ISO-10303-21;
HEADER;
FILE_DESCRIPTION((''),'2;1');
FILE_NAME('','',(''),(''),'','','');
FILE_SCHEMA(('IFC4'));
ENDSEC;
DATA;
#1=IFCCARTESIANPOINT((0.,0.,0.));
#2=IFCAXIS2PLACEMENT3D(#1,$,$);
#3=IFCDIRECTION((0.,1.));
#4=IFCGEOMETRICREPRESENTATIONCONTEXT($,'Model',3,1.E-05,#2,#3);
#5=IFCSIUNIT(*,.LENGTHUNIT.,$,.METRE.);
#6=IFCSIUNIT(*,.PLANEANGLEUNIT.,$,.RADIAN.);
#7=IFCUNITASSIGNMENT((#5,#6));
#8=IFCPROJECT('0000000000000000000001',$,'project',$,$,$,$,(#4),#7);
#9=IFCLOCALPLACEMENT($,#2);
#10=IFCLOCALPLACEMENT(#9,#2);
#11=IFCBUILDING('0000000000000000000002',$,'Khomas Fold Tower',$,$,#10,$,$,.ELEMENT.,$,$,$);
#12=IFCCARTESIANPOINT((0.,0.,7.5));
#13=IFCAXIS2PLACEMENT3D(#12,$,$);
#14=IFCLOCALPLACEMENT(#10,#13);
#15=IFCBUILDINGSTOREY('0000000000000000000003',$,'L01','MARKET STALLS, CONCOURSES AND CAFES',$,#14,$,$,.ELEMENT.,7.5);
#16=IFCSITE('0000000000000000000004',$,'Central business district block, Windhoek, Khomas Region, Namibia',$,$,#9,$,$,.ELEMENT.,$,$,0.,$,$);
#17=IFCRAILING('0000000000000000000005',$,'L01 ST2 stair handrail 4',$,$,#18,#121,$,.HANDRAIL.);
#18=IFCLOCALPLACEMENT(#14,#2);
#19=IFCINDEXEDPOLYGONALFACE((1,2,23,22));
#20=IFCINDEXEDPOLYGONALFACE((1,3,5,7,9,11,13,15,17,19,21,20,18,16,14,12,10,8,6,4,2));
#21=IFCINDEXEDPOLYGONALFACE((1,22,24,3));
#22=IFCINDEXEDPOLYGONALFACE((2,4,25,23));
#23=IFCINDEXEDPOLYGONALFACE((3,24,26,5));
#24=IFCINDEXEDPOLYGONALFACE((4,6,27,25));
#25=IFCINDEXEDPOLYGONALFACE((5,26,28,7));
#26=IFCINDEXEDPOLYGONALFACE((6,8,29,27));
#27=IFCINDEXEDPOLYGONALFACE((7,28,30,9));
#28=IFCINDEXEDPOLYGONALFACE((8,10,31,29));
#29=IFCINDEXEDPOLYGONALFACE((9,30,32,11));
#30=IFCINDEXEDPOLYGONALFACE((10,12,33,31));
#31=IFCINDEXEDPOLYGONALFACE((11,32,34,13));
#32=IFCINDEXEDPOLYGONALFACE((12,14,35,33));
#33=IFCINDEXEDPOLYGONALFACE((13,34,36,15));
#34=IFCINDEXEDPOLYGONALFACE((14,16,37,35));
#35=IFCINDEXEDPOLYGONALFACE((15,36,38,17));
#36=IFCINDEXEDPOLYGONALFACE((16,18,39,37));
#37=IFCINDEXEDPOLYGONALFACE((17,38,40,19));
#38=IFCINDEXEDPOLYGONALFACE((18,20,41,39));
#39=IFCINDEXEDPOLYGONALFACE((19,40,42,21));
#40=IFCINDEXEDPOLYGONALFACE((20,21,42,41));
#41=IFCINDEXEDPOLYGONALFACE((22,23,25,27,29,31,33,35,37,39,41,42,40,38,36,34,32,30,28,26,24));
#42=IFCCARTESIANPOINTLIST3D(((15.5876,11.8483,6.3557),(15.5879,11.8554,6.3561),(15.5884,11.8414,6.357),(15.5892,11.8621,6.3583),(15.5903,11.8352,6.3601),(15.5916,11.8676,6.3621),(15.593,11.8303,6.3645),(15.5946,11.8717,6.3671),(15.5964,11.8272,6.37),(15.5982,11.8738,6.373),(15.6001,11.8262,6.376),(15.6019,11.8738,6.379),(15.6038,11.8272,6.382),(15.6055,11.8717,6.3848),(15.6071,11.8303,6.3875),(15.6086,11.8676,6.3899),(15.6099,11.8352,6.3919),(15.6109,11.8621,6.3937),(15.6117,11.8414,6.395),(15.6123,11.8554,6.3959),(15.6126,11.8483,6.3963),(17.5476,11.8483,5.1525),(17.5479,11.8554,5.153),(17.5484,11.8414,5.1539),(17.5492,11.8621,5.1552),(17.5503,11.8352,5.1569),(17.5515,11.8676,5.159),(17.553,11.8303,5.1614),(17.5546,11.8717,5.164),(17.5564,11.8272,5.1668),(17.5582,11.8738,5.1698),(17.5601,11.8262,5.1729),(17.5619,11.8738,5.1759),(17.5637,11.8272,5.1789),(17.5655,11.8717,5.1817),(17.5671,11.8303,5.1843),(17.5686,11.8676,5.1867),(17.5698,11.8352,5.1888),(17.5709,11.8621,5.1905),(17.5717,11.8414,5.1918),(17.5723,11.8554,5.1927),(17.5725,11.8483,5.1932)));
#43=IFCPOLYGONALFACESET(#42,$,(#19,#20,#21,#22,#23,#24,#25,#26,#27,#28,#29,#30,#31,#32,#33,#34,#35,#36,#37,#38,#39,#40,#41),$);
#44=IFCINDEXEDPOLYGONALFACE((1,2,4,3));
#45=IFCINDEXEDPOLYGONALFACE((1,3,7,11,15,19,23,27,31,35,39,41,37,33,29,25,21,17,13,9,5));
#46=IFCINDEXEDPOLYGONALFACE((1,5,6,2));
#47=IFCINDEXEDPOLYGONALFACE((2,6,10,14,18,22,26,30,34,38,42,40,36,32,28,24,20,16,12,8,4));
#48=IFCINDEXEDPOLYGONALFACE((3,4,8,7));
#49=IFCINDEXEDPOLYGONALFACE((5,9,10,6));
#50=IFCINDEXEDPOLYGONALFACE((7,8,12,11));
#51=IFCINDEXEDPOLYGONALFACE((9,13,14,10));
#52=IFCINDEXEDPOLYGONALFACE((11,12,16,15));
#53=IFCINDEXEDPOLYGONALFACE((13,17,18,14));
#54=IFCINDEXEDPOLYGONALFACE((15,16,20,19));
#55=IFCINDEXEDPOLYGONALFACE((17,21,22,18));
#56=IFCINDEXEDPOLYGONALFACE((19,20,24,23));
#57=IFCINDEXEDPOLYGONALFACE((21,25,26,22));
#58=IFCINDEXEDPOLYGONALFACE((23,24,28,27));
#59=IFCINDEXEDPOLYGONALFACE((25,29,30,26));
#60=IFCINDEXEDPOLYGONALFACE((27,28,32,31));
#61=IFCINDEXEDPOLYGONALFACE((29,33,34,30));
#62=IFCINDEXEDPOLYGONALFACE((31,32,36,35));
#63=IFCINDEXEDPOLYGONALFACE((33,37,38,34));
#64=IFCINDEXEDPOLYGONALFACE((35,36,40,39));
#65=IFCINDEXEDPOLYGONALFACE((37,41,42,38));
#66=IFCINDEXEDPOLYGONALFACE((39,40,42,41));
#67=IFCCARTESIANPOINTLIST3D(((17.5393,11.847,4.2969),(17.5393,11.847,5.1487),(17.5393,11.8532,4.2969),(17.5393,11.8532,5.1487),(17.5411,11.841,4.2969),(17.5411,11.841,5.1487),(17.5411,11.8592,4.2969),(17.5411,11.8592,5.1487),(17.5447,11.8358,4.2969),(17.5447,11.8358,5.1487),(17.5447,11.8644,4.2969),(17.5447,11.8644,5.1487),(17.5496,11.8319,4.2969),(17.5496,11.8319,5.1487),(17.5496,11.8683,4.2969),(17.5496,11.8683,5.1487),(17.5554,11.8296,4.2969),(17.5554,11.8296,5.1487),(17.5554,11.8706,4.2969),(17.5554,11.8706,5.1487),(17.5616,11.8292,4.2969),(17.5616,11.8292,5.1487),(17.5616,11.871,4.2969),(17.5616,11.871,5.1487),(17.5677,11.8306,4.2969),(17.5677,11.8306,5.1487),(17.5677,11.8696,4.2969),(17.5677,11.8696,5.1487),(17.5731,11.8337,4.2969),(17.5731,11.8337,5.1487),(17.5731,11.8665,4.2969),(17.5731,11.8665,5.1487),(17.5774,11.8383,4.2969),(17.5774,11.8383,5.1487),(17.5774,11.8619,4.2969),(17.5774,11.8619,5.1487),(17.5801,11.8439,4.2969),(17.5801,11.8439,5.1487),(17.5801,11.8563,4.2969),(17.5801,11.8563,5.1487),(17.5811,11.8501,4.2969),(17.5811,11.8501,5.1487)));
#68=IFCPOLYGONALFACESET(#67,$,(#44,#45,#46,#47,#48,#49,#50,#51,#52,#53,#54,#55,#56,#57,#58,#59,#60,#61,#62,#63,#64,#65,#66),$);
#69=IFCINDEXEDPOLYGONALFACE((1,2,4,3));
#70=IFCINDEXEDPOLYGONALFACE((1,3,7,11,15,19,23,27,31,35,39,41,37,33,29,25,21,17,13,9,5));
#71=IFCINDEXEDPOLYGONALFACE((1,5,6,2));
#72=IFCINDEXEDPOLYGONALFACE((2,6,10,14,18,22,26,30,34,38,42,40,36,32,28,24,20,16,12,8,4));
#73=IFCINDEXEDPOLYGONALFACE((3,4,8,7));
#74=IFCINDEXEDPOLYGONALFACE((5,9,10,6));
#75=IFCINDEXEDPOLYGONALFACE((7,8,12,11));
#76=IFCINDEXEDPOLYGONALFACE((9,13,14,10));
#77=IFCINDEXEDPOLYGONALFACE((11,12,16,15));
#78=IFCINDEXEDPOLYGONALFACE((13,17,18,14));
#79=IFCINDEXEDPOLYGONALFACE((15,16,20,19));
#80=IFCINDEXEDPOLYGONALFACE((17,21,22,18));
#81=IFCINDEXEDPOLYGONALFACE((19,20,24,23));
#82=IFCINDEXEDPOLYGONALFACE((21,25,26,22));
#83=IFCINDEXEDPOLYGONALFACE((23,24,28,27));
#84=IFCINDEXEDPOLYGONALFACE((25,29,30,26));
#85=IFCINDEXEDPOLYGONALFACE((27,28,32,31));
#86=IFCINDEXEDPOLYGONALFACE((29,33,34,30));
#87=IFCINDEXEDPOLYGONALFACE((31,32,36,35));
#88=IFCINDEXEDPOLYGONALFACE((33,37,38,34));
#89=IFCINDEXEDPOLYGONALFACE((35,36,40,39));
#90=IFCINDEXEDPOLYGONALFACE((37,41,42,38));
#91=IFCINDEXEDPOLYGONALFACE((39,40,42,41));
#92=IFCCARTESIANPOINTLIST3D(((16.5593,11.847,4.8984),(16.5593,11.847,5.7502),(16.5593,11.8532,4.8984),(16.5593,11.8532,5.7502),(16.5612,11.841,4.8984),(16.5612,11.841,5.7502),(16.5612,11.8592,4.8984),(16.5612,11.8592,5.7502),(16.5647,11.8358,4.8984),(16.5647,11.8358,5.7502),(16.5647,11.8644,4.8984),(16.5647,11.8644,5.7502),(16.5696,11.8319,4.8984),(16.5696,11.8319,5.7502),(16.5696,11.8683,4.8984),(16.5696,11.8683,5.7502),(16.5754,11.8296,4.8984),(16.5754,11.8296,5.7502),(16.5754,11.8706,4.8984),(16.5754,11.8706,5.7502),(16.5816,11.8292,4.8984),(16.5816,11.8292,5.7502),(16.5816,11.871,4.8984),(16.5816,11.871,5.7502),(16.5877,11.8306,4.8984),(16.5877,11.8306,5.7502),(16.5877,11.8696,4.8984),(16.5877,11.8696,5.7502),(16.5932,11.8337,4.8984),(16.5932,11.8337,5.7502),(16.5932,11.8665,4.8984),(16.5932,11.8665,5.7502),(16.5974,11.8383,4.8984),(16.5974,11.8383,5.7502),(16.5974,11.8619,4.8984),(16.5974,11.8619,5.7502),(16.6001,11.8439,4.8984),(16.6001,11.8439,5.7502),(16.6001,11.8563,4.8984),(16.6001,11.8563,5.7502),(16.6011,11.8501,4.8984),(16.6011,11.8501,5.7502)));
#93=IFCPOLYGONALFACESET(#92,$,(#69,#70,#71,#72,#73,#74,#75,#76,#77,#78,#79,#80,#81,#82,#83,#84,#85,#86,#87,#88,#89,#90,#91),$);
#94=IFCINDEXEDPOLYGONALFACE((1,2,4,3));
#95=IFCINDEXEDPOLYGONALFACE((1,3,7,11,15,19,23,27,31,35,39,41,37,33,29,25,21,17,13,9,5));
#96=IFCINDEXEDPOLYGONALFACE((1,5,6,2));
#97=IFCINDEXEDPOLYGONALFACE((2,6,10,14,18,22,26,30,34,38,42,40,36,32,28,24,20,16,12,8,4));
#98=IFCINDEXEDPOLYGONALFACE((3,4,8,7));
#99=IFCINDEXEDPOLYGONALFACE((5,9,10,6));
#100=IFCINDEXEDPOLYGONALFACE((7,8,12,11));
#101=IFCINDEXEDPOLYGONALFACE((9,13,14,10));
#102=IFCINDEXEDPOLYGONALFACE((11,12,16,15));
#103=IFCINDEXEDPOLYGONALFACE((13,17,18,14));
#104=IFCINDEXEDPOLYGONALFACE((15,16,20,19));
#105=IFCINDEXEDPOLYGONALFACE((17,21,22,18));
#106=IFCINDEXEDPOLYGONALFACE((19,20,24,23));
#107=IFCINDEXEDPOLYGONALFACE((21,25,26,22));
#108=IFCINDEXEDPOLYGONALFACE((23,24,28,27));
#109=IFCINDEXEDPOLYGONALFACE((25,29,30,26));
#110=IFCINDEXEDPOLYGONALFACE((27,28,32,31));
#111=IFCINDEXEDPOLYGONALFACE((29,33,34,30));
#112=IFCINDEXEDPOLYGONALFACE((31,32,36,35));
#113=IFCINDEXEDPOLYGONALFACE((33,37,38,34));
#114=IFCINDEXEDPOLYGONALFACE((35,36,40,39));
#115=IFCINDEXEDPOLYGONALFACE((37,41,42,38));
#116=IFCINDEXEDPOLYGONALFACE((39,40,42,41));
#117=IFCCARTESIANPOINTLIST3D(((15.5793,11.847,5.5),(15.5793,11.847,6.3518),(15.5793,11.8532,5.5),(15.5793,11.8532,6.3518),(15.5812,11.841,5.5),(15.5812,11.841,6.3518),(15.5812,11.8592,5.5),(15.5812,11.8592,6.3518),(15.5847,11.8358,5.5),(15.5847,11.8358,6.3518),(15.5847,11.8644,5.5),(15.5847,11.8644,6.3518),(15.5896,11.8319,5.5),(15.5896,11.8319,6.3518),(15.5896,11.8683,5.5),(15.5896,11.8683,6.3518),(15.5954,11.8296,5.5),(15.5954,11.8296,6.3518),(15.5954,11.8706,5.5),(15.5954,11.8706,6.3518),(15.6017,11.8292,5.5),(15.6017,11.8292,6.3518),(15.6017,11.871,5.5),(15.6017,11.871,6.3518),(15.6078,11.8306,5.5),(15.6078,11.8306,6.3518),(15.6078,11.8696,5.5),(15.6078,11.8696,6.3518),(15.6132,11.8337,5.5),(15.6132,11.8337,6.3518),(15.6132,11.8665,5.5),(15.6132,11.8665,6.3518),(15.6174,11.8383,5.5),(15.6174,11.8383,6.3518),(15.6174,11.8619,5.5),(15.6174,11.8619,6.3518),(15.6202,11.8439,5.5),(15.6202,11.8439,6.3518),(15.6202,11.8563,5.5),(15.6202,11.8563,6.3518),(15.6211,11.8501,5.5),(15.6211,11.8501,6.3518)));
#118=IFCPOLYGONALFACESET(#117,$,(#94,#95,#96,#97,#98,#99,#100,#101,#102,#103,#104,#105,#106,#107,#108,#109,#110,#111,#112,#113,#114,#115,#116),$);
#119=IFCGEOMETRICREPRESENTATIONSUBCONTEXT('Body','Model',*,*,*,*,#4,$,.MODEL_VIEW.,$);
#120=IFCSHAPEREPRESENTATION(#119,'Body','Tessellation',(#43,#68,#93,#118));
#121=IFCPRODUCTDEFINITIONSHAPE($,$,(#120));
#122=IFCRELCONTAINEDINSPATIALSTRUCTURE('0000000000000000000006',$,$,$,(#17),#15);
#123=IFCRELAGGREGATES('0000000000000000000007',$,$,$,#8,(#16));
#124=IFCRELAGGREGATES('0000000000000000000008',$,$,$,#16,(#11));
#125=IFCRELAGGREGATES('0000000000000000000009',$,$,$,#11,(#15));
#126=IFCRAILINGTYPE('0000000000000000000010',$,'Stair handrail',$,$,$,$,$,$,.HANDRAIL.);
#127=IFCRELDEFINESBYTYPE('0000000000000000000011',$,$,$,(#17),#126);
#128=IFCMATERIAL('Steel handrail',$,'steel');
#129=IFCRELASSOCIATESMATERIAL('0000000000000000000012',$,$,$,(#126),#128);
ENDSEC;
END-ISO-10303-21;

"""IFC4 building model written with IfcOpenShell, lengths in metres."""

from ifc_helpers import new_model, si_unit, direction, frame, origin, origin_2d, place, context, subcontext, project, spatial, circle, extrude, source, transform, mapped, material, type_object, element, save


model = new_model("IFC4")

# Units and contexts
model_context = context("Model", 3, precision=1e-05, world=origin(), true_north=direction((0.0, 1.0)))
body_context = subcontext(model_context, "Body", "Model", "MODEL_VIEW")
ifc_project = project(units=[si_unit("LENGTHUNIT", "METRE"), si_unit("PLANEANGLEUNIT", "RADIAN")], contexts=[model_context])

# Site, building, storey
site_placement = place(None, origin())
site = spatial("IfcSite", under=ifc_project, at=site_placement, Name="Central business district block, Windhoek, Khomas Region, Namibia", CompositionType="ELEMENT", RefElevation=0.0)
building_placement = place(site_placement, origin())
building = spatial("IfcBuilding", under=site, at=building_placement, Name="Khomas Fold Tower", CompositionType="ELEMENT")
storey_placement = place(building_placement, frame((0.0, 0.0, 7.5)))
storey = spatial("IfcBuildingStorey", under=building, at=storey_placement, Name="L01", Description="MARKET STALLS, CONCOURSES AND CAFES", CompositionType="ELEMENT", Elevation=7.5)

# Railing
ifc_material_1 = material(Name="Steel handrail", Category="steel")
railing_type_1 = type_object("IfcRailingType", Name="Stair handrail", PredefinedType="HANDRAIL", material=ifc_material_1)
shared_shape_1 = source(origin(), body_context, "Body", "SweptSolid", [
    extrude(circle(Radius=0.0239, at=origin_2d()), frame((0.0, 0.0, 0.876), z_axis=(-0.852241, 0.0, 0.523149), x_axis=(0.0, -1.0, 0.0)), (0.0, 0.0, 1.0), 2.2998),
    extrude(circle(Radius=0.021, at=origin_2d()), origin(), (0.0, 0.0, 1.0), 0.8518),
    extrude(circle(Radius=0.021, at=origin_2d()), frame((-0.98, 0.0, 0.6016)), (0.0, 0.0, 1.0), 0.8518),
    extrude(circle(Radius=0.021, at=origin_2d()), frame((-1.96, 0.0, 1.2031)), (0.0, 0.0, 1.0), 0.8518),
])
for number, where, name in (
    (1, (17.5601, 11.8501, 4.2969), "L01 ST2 stair handrail 4"),
):
    element("IfcRailing", number, at=place(storey_placement, frame(where)), inside=storey, type_object=railing_type_1, Name=name, PredefinedType="HANDRAIL", context=body_context, shape_type="MappedRepresentation", body=[
        mapped(shared_shape_1, transform((0.0, 0.0, 0.0))),
    ])

save(model, "model.ifc")
